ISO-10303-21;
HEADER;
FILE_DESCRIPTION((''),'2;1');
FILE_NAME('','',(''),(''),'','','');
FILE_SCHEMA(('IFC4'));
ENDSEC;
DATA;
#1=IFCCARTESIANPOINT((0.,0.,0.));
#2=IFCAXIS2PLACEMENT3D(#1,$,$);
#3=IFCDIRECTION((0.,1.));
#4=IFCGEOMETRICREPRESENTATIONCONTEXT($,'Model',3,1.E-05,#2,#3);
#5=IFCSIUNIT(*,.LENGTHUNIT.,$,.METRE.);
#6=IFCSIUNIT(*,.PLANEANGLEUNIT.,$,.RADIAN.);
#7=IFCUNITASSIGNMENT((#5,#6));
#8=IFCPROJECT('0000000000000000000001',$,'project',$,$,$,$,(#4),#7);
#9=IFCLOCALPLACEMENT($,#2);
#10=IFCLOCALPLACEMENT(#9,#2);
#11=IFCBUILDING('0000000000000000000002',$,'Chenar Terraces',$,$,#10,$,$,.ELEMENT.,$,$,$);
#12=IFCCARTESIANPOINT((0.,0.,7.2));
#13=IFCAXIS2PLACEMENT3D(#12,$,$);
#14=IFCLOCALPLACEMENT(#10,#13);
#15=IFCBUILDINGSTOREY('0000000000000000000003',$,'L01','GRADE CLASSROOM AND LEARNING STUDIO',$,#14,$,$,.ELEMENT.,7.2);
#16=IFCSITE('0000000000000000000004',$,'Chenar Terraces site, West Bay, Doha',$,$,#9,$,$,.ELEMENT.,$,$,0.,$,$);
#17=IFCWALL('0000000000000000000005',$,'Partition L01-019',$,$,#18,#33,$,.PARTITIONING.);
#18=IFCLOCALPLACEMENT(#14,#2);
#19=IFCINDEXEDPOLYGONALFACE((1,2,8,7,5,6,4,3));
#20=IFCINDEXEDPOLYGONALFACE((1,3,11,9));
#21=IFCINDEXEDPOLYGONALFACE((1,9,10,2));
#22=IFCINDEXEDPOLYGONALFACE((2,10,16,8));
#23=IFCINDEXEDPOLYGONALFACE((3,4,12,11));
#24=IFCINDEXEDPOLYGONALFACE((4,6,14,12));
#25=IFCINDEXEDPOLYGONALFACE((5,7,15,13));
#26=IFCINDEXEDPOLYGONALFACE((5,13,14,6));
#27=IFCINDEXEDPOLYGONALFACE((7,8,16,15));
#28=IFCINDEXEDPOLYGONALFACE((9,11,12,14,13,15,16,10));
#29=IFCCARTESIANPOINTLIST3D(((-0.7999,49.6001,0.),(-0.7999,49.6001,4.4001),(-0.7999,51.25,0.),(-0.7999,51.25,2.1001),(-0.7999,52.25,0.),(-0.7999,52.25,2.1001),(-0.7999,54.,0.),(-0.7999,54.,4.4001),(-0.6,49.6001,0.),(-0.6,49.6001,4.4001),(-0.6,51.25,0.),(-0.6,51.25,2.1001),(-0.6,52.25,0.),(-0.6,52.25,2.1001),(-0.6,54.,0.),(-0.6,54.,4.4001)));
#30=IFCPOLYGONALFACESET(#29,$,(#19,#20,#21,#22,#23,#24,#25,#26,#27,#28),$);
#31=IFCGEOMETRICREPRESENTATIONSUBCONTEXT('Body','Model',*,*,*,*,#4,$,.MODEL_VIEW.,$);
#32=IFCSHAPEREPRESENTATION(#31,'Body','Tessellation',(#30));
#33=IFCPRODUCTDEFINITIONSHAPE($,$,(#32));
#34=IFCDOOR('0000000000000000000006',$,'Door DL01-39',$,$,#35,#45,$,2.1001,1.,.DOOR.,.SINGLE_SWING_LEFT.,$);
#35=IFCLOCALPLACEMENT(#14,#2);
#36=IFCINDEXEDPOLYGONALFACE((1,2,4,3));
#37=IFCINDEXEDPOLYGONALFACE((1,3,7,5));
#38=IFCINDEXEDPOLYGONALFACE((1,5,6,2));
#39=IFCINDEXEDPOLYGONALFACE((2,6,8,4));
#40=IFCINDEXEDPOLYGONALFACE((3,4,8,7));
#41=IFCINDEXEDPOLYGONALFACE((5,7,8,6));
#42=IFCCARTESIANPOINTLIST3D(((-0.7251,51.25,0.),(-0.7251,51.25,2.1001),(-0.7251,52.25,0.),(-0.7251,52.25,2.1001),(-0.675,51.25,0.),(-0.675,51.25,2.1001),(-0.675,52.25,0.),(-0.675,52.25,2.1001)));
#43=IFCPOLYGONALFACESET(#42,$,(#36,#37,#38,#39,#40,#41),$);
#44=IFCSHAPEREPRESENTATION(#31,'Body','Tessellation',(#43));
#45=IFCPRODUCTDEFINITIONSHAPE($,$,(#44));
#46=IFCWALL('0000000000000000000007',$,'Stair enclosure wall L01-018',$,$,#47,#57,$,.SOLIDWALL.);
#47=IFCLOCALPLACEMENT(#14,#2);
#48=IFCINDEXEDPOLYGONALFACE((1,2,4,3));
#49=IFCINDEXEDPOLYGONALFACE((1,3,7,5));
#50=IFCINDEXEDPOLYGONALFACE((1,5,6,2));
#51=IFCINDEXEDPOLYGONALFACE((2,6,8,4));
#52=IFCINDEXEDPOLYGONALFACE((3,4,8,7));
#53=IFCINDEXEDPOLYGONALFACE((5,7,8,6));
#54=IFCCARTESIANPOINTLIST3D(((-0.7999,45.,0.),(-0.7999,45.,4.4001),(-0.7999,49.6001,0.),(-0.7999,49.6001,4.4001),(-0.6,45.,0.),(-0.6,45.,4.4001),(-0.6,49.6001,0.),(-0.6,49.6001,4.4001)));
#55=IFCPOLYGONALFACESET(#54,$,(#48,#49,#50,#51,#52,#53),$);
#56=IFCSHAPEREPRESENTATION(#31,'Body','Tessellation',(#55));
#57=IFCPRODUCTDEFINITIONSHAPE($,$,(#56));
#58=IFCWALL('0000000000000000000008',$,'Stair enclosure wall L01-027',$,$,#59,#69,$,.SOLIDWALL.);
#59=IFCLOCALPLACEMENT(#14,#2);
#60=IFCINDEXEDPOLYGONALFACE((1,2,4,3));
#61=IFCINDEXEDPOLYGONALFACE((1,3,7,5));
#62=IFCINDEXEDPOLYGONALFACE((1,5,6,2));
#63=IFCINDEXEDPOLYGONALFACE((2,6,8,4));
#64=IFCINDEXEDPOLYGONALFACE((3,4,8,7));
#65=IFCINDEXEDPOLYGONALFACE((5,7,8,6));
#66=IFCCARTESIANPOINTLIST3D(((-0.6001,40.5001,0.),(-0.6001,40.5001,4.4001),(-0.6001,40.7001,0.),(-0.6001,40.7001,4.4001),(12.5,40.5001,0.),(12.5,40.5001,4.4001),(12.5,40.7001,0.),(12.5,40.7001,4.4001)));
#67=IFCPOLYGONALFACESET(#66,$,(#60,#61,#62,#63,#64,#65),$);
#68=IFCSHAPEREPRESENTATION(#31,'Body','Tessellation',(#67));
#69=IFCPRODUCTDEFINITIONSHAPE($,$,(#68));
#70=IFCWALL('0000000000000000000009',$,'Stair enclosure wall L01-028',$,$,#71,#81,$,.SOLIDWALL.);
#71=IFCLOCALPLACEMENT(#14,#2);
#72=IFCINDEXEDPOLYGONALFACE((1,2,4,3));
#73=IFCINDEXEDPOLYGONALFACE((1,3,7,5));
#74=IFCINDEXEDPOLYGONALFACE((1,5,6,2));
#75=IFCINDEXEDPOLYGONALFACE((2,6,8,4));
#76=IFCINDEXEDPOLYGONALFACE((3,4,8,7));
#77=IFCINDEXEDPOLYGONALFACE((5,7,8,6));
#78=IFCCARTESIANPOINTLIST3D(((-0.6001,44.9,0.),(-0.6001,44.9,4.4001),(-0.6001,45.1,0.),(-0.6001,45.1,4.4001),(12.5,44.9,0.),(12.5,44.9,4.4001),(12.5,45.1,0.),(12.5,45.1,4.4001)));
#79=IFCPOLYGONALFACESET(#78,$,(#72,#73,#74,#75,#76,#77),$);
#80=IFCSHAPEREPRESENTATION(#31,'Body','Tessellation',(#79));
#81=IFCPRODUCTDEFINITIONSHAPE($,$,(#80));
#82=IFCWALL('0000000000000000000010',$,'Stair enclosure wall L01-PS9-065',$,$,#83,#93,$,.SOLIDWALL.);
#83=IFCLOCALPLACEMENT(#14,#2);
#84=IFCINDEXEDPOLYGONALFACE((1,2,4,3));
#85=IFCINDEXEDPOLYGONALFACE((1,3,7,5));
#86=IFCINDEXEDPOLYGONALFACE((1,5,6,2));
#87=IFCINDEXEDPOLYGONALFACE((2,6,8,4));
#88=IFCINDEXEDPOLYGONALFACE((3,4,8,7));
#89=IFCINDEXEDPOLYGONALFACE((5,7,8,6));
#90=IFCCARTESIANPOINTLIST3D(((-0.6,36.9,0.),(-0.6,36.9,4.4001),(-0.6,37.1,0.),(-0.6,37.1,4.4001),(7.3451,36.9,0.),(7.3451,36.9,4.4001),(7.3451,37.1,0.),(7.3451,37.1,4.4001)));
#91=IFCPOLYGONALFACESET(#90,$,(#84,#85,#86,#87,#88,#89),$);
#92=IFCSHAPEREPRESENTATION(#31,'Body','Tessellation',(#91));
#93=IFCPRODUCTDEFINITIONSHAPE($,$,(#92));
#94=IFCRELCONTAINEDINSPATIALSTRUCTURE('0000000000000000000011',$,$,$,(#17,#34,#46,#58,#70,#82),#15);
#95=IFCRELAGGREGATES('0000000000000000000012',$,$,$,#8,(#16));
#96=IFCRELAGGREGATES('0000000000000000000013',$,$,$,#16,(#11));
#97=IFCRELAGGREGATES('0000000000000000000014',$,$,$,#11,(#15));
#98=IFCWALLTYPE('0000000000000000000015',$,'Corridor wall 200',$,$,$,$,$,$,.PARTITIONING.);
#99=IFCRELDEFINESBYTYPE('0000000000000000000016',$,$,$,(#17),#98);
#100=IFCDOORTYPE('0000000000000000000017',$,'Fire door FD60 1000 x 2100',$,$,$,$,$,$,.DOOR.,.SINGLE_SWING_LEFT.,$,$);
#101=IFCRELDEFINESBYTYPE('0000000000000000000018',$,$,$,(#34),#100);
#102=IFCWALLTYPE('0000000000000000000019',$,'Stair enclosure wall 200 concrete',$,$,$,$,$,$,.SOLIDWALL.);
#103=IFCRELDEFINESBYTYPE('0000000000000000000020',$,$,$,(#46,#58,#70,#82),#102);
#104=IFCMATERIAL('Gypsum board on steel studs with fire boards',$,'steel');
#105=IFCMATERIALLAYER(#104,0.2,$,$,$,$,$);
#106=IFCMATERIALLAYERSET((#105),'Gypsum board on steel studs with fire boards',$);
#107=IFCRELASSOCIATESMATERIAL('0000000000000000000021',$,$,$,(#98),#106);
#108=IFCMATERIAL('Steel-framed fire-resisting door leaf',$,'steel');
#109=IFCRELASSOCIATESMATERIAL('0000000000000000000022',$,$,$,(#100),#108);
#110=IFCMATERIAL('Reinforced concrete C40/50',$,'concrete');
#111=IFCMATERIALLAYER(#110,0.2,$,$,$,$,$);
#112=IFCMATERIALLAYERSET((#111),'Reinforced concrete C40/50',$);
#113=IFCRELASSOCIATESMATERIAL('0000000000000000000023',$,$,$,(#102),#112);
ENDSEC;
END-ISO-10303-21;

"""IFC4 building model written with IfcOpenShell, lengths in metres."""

from ifc_helpers import new_model, si_unit, direction, frame, frame_2d, origin, place, context, subcontext, project, spatial, rectangle, extrude, material, layer, layer_set, type_object, element, fill, save


model = new_model("IFC4")

# Units and contexts
model_context = context("Model", 3, precision=1e-05, world=origin(), true_north=direction((0.0, 1.0)))
body_context = subcontext(model_context, "Body", "Model", "MODEL_VIEW")
ifc_project = project(units=[si_unit("LENGTHUNIT", "METRE"), si_unit("PLANEANGLEUNIT", "RADIAN")], contexts=[model_context])

# Site, building, storey
site_placement = place(None, origin())
site = spatial("IfcSite", under=ifc_project, at=site_placement, Name="Chenar Terraces site, West Bay, Doha", CompositionType="ELEMENT", RefElevation=0.0)
building_placement = place(site_placement, origin())
building = spatial("IfcBuilding", under=site, at=building_placement, Name="Chenar Terraces", CompositionType="ELEMENT")
storey_placement = place(building_placement, frame((0.0, 0.0, 7.2)))
storey = spatial("IfcBuildingStorey", under=building, at=storey_placement, Name="L01", Description="GRADE CLASSROOM AND LEARNING STUDIO", CompositionType="ELEMENT", Elevation=7.2)

# Wall, opening, door
ifc_material_1 = material(Name="Gypsum board on steel studs with fire boards", Category="steel")
ifc_layer_1 = layer(ifc_material_1, 0.2)
ifc_layer_set_1 = layer_set([ifc_layer_1], Name="Gypsum board on steel studs with fire boards")
wall_type_1 = type_object("IfcWallType", Name="Corridor wall 200", PredefinedType="PARTITIONING", material=ifc_layer_set_1)
ifc_material_2 = material(Name="Steel-framed fire-resisting door leaf", Category="steel")
door_type_1 = type_object("IfcDoorType", Name="Fire door FD60 1000 x 2100", OperationType="SINGLE_SWING_LEFT", PredefinedType="DOOR", material=ifc_material_2)
wall_1_placement = place(storey_placement, frame((-0.7, 49.6001, 0.0), z_axis=(0.0, 0.0, 1.0), x_axis=(0.0, 1.0, 0.0)))
wall_1 = element("IfcWall", 1, at=wall_1_placement, inside=storey, type_object=wall_type_1, Name="Partition L01-019", PredefinedType="PARTITIONING", context=body_context, shape_type="SweptSolid", body=[
    extrude(rectangle(XDim=4.3999, YDim=0.2, at=frame_2d((2.2, 0.0))), origin(), (0.0, 0.0, 1.0), 4.4001),
])
opening_1_placement = place(wall_1_placement, frame((1.6499, 0.0, 0.0)))
opening_1 = element("IfcOpeningElement", 2, at=opening_1_placement, cuts=wall_1, PredefinedType="OPENING", context=body_context, shape_type="SweptSolid", body=[
    extrude(rectangle(XDim=1.0, YDim=2.1001, at=frame_2d((0.5, 1.05))), frame((0.0, 0.1099, 0.0), z_axis=(0.0, -1.0, 0.0), x_axis=(1.0, 0.0, 0.0)), (0.0, 0.0, 1.0), 0.22),
])
door_1_placement = place(opening_1_placement, frame((1.0, 0.0, 0.0), z_axis=(0.0, 0.0, 1.0), x_axis=(-1.0, 0.0, 0.0)))
door_1 = element("IfcDoor", 3, at=door_1_placement, inside=storey, type_object=door_type_1, Name="Door DL01-39", OperationType="SINGLE_SWING_LEFT", OverallHeight=2.1001, OverallWidth=1.0, PredefinedType="DOOR", context=body_context, shape_type="SweptSolid", body=[
    extrude(rectangle(XDim=1.0, YDim=2.1001, at=frame_2d((0.5, 1.05))), frame((0.0, 0.0249, 0.0), z_axis=(0.0, -1.0, 0.0), x_axis=(1.0, 0.0, 0.0)), (0.0, 0.0, 1.0), 0.05),
])
fill(opening_1, door_1)

# Walls
ifc_material_3 = material(Name="Reinforced concrete C40/50", Category="concrete")
ifc_layer_2 = layer(ifc_material_3, 0.2)
ifc_layer_set_2 = layer_set([ifc_layer_2], Name="Reinforced concrete C40/50")
wall_type_2 = type_object("IfcWallType", Name="Stair enclosure wall 200 concrete", PredefinedType="SOLIDWALL", material=ifc_layer_set_2)
wall_2_placement = place(storey_placement, frame((-0.7, 45.0, 0.0), z_axis=(0.0, 0.0, 1.0), x_axis=(0.0, 1.0, 0.0)))
element("IfcWall", 4, at=wall_2_placement, inside=storey, type_object=wall_type_2, Name="Stair enclosure wall L01-018", PredefinedType="SOLIDWALL", context=body_context, shape_type="SweptSolid", body=[
    extrude(rectangle(XDim=4.6001, YDim=0.2, at=frame_2d((2.3, 0.0))), origin(), (0.0, 0.0, 1.0), 4.4001),
])
for number, where, z_axis, x_axis, name in (
    (5, (-0.6001, 40.6001, 0.0), (0.0, 0.0, 1.0), (1.0, 0.0, 0.0), "Stair enclosure wall L01-027"),
    (6, (-0.6001, 45.0, 0.0), (0.0, 0.0, 1.0), (1.0, 0.0, 0.0), "Stair enclosure wall L01-028"),
):
    element("IfcWall", number, at=place(storey_placement, frame(where, z_axis=z_axis, x_axis=x_axis)), inside=storey, type_object=wall_type_2, Name=name, PredefinedType="SOLIDWALL", context=body_context, shape_type="SweptSolid", body=[
        extrude(rectangle(XDim=13.1001, YDim=0.2, at=frame_2d((6.55, 0.0))), origin(), (0.0, 0.0, 1.0), 4.4001),
    ])
wall_3_placement = place(storey_placement, frame((-0.6001, 37.0, 0.0), z_axis=(0.0, 0.0, 1.0), x_axis=(1.0, 0.0, 0.0)))
element("IfcWall", 7, at=wall_3_placement, inside=storey, type_object=wall_type_2, Name="Stair enclosure wall L01-PS9-065", PredefinedType="SOLIDWALL", context=body_context, shape_type="SweptSolid", body=[
    extrude(rectangle(XDim=7.9451, YDim=0.2, at=frame_2d((3.9727, 0.0))), origin(), (0.0, 0.0, 1.0), 4.4001),
])

save(model, "model.ifc")
